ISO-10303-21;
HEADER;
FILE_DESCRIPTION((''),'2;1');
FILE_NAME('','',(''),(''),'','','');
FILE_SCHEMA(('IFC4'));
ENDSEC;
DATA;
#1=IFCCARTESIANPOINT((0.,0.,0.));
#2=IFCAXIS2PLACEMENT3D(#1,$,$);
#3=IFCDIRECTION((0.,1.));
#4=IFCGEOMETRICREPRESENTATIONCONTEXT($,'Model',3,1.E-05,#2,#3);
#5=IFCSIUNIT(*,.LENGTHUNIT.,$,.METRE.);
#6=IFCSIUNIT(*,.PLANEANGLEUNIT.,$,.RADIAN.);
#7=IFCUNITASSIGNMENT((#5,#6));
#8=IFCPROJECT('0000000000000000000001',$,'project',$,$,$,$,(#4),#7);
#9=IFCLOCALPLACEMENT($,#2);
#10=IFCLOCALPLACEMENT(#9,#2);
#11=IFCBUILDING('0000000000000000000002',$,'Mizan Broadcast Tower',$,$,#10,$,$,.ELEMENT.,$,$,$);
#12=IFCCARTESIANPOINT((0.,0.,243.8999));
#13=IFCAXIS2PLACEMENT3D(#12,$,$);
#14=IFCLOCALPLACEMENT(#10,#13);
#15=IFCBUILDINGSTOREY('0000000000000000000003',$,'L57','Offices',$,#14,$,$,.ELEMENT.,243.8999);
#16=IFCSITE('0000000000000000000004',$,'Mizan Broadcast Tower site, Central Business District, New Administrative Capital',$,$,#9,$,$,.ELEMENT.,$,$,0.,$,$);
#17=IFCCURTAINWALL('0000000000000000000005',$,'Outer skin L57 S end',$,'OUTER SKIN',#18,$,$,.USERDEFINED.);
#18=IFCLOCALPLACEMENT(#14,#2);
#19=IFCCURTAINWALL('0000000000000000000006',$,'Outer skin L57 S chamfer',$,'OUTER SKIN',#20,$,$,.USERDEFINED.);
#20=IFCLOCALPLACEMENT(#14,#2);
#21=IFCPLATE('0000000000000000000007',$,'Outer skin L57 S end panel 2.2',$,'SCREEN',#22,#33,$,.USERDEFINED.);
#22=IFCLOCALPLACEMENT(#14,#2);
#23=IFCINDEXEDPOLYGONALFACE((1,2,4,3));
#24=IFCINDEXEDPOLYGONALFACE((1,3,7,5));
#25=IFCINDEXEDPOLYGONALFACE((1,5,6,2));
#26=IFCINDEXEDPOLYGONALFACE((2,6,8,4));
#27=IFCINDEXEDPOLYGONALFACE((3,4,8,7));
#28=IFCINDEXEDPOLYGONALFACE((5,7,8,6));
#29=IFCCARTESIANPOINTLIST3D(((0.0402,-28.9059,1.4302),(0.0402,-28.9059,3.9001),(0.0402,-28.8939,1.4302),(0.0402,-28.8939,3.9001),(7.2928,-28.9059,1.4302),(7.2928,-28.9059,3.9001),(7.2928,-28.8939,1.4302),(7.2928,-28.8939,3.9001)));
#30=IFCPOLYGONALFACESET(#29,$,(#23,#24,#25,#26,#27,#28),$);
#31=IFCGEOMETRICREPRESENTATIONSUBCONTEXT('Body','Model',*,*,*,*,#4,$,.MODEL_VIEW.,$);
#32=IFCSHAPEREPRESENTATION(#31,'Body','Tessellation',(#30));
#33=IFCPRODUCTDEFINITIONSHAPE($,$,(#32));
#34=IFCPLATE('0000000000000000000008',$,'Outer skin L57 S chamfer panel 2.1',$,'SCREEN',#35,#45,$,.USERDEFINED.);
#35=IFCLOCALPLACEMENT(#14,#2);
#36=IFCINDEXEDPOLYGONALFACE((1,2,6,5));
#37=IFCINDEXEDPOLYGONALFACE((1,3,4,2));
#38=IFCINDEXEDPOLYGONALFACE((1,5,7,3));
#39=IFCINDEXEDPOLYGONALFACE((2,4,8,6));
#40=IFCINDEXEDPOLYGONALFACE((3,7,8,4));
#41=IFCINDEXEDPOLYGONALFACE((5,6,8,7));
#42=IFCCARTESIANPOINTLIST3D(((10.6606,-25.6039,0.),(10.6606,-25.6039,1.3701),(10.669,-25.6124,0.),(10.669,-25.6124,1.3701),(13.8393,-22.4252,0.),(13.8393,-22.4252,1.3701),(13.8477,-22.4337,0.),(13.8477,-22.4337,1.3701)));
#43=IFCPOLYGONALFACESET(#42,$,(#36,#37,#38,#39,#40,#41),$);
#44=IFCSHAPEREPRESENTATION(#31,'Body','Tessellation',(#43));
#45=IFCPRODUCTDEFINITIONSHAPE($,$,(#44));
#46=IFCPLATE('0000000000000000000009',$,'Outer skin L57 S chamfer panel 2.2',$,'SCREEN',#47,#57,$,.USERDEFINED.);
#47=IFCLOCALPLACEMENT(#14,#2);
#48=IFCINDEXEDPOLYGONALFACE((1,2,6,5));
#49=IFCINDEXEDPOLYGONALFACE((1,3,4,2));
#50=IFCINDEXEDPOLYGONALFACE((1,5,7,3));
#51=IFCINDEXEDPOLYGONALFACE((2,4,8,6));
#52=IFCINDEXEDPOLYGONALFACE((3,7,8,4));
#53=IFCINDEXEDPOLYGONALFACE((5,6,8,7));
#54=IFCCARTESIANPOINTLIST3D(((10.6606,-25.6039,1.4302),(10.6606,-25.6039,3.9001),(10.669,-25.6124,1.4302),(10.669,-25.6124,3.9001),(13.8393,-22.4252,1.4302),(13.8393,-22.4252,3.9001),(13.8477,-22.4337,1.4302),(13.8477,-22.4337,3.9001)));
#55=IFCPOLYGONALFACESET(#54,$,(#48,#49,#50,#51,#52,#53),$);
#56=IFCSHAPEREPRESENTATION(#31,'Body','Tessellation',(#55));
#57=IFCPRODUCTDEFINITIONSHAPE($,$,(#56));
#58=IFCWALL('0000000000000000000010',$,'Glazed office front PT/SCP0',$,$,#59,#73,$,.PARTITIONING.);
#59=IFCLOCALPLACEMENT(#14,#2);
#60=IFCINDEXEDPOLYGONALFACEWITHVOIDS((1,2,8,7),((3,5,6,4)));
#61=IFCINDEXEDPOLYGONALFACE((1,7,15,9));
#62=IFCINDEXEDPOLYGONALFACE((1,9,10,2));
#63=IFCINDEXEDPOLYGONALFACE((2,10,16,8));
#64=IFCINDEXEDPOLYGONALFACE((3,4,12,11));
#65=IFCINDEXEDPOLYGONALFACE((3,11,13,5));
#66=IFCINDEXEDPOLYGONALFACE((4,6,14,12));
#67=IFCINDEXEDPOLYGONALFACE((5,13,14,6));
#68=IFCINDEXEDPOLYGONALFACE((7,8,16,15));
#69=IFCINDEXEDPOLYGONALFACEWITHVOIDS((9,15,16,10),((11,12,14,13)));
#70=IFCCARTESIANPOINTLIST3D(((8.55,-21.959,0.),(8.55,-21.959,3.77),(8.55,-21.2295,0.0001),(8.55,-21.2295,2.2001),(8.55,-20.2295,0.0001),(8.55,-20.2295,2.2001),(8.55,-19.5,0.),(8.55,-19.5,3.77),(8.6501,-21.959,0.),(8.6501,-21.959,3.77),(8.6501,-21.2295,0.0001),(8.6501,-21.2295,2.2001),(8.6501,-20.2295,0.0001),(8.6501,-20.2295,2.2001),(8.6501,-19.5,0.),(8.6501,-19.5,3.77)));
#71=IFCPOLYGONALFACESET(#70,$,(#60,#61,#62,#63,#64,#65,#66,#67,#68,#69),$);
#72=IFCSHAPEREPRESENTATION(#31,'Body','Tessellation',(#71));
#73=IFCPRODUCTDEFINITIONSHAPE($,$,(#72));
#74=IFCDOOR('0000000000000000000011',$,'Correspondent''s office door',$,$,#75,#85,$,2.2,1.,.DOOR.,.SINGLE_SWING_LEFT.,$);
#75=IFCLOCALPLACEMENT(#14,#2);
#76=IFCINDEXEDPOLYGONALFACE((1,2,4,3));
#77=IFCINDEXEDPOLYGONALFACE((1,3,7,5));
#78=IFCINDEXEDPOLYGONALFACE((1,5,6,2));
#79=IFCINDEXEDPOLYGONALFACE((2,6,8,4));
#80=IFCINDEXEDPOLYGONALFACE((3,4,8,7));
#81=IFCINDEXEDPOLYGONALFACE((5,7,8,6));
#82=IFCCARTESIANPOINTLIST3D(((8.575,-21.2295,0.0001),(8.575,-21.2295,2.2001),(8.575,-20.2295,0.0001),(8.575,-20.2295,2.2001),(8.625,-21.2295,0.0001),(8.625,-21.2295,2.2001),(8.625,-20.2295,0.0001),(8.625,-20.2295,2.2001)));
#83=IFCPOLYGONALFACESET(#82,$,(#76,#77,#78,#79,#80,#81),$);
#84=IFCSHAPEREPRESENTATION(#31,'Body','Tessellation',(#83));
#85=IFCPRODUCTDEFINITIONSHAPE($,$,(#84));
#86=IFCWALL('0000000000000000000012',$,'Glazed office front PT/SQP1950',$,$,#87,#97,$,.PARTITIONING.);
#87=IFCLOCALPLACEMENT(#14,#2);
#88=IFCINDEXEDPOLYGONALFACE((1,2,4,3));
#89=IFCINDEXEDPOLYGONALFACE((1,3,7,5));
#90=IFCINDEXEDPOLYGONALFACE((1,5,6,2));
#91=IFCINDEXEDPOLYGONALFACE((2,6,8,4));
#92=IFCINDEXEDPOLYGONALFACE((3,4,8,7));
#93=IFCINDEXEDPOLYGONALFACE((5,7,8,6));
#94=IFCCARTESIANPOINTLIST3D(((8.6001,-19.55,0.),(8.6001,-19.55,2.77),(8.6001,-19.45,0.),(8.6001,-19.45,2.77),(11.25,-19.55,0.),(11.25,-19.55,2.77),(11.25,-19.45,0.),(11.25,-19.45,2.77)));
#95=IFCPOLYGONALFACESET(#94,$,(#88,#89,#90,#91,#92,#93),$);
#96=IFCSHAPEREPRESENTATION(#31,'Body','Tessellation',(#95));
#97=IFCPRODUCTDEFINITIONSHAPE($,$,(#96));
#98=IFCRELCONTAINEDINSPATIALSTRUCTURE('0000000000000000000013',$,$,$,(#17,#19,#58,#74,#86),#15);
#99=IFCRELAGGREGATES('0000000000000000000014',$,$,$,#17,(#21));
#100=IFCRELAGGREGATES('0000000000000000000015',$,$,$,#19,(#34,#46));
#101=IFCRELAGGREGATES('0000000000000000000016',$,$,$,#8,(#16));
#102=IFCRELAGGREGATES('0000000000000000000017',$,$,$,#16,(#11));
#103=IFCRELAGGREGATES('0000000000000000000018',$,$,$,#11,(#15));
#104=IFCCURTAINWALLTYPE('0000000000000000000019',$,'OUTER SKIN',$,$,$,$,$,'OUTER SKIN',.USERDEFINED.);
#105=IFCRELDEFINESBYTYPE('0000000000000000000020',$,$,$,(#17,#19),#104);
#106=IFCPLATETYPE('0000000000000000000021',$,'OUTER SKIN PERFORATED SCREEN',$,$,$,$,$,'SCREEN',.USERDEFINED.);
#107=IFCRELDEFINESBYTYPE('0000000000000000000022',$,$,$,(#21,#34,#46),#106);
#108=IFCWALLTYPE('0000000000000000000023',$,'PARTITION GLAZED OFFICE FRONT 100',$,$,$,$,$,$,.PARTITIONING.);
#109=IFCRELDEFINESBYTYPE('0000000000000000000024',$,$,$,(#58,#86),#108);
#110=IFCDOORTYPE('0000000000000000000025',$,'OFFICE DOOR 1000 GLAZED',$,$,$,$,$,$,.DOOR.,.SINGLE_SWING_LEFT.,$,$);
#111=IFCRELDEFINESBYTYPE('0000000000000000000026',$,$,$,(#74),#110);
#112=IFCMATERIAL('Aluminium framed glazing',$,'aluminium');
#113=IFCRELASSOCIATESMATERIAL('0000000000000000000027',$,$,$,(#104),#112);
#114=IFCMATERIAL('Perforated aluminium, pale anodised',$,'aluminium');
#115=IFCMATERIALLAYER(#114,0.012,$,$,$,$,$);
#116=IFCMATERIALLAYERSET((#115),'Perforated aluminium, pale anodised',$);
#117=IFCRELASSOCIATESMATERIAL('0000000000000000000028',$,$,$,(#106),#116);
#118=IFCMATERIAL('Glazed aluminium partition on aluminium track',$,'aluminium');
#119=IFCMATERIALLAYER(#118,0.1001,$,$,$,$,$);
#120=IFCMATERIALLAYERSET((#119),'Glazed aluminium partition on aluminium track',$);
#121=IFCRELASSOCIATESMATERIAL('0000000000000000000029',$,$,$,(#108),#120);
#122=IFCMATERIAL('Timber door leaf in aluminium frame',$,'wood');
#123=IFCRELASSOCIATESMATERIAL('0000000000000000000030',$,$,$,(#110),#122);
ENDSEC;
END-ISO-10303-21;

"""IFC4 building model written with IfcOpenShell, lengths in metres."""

from ifc_helpers import new_model, si_unit, direction, frame, frame_2d, origin, origin_2d, place, context, subcontext, project, spatial, rectangle, extrude, material, layer, layer_set, type_object, element, fill, aggregate, save


model = new_model("IFC4")

# Units and contexts
model_context = context("Model", 3, precision=1e-05, world=origin(), true_north=direction((0.0, 1.0)))
body_context = subcontext(model_context, "Body", "Model", "MODEL_VIEW")
ifc_project = project(units=[si_unit("LENGTHUNIT", "METRE"), si_unit("PLANEANGLEUNIT", "RADIAN")], contexts=[model_context])

# Site, building, storey
site_placement = place(None, origin())
site = spatial("IfcSite", under=ifc_project, at=site_placement, Name="Mizan Broadcast Tower site, Central Business District, New Administrative Capital", CompositionType="ELEMENT", RefElevation=0.0)
building_placement = place(site_placement, origin())
building = spatial("IfcBuilding", under=site, at=building_placement, Name="Mizan Broadcast Tower", CompositionType="ELEMENT")
storey_placement = place(building_placement, frame((0.0, 0.0, 243.8999)))
storey = spatial("IfcBuildingStorey", under=building, at=storey_placement, Name="L57", Description="Offices", CompositionType="ELEMENT", Elevation=243.8999)

# Curtain wall
ifc_material_1 = material(Name="Aluminium framed glazing", Category="aluminium")
curtain_wall_type_1 = type_object("IfcCurtainWallType", Name="OUTER SKIN", ElementType="OUTER SKIN", PredefinedType="USERDEFINED", material=ifc_material_1)
curtain_wall_1_placement = place(storey_placement, origin())
curtain_wall_1 = element("IfcCurtainWall", 1, at=curtain_wall_1_placement, inside=storey, type_object=curtain_wall_type_1, Name="Outer skin L57 S end", ObjectType="OUTER SKIN", PredefinedType="USERDEFINED")

# Curtain wall
curtain_wall_2_placement = place(storey_placement, origin())
curtain_wall_2 = element("IfcCurtainWall", 2, at=curtain_wall_2_placement, inside=storey, type_object=curtain_wall_type_1, Name="Outer skin L57 S chamfer", ObjectType="OUTER SKIN", PredefinedType="USERDEFINED")

# Plates
ifc_material_2 = material(Name="Perforated aluminium, pale anodised", Category="aluminium")
ifc_layer_1 = layer(ifc_material_2, 0.012)
ifc_layer_set_1 = layer_set([ifc_layer_1], Name="Perforated aluminium, pale anodised")
plate_type_1 = type_object("IfcPlateType", Name="OUTER SKIN PERFORATED SCREEN", ElementType="SCREEN", PredefinedType="USERDEFINED", material=ifc_layer_set_1)
plate_1_placement = place(storey_placement, frame((3.6665, -28.8999, 1.4302), z_axis=(0.0, 0.0, 1.0), x_axis=(1.0, 0.0, 0.0)))
plate_1 = element("IfcPlate", 3, at=plate_1_placement, type_object=plate_type_1, Name="Outer skin L57 S end panel 2.2", ObjectType="SCREEN", PredefinedType="USERDEFINED", context=body_context, shape_type="SweptSolid", body=[
    extrude(rectangle(XDim=7.2527, YDim=0.012, at=origin_2d()), origin(), (0.0, 0.0, 1.0), 2.47),
])
aggregate(curtain_wall_1, [plate_1])
plate_2_placement = place(storey_placement, frame((12.2542, -24.0188, 0.0), z_axis=(0.0, 0.0, 1.0), x_axis=(0.707107, 0.707107, 0.0)))
plate_2 = element("IfcPlate", 4, at=plate_2_placement, type_object=plate_type_1, Name="Outer skin L57 S chamfer panel 2.1", ObjectType="SCREEN", PredefinedType="USERDEFINED", context=body_context, shape_type="SweptSolid", body=[
    extrude(rectangle(XDim=4.4954, YDim=0.012, at=origin_2d()), origin(), (0.0, 0.0, 1.0), 1.3701),
])
plate_3_placement = place(storey_placement, frame((12.2542, -24.0188, 1.4302), z_axis=(0.0, 0.0, 1.0), x_axis=(0.707107, 0.707107, 0.0)))
plate_3 = element("IfcPlate", 5, at=plate_3_placement, type_object=plate_type_1, Name="Outer skin L57 S chamfer panel 2.2", ObjectType="SCREEN", PredefinedType="USERDEFINED", context=body_context, shape_type="SweptSolid", body=[
    extrude(rectangle(XDim=4.4954, YDim=0.012, at=origin_2d()), origin(), (0.0, 0.0, 1.0), 2.47),
])
aggregate(curtain_wall_2, [plate_2, plate_3])

# Wall, opening, door
ifc_material_3 = material(Name="Glazed aluminium partition on aluminium track", Category="aluminium")
ifc_layer_2 = layer(ifc_material_3, 0.1001)
ifc_layer_set_2 = layer_set([ifc_layer_2], Name="Glazed aluminium partition on aluminium track")
wall_type = type_object("IfcWallType", Name="PARTITION GLAZED OFFICE FRONT 100", PredefinedType="PARTITIONING", material=ifc_layer_set_2)
wall_1_placement = place(storey_placement, frame((8.6001, -19.5, 0.0), z_axis=(0.0, 0.0, 1.0), x_axis=(0.0, -1.0, 0.0)))
wall_1 = element("IfcWall", 6, at=wall_1_placement, inside=storey, type_object=wall_type, Name="Glazed office front PT/SCP0", PredefinedType="PARTITIONING", context=body_context, shape_type="SweptSolid", body=[
    extrude(rectangle(XDim=2.459, YDim=0.1001, at=frame_2d((1.2295, 0.0))), origin(), (0.0, 0.0, 1.0), 3.77),
])
opening_placement = place(wall_1_placement, frame((0.7295, 0.0, 0.0)))
opening = element("IfcOpeningElement", 7, at=opening_placement, cuts=wall_1, PredefinedType="OPENING", context=body_context, shape_type="SweptSolid", body=[
    extrude(rectangle(XDim=1.0, YDim=2.2, at=frame_2d((0.5, 1.1001))), frame((0.0, 0.0601, 0.0), z_axis=(0.0, -1.0, 0.0), x_axis=(1.0, 0.0, 0.0)), (0.0, 0.0, 1.0), 0.1201),
])
ifc_material_4 = material(Name="Timber door leaf in aluminium frame", Category="wood")
door_type = type_object("IfcDoorType", Name="OFFICE DOOR 1000 GLAZED", OperationType="SINGLE_SWING_LEFT", PredefinedType="DOOR", material=ifc_material_4)
door_placement = place(opening_placement, origin())
door = element("IfcDoor", 8, at=door_placement, inside=storey, type_object=door_type, Name="Correspondent's office door", OperationType="SINGLE_SWING_LEFT", OverallHeight=2.2, OverallWidth=1.0, PredefinedType="DOOR", context=body_context, shape_type="SweptSolid", body=[
    extrude(rectangle(XDim=1.0, YDim=2.2, at=frame_2d((0.5, 1.1001))), frame((0.0, 0.0249, 0.0), z_axis=(0.0, -1.0, 0.0), x_axis=(1.0, 0.0, 0.0)), (0.0, 0.0, 1.0), 0.05),
])
fill(opening, door)

# Wall
wall_2_placement = place(storey_placement, frame((8.6001, -19.5, 0.0), z_axis=(0.0, 0.0, 1.0), x_axis=(1.0, 0.0, 0.0)))
element("IfcWall", 9, at=wall_2_placement, inside=storey, type_object=wall_type, Name="Glazed office front PT/SQP1950", PredefinedType="PARTITIONING", context=body_context, shape_type="SweptSolid", body=[
    extrude(rectangle(XDim=2.6499, YDim=0.1001, at=frame_2d((1.325, 0.0))), origin(), (0.0, 0.0, 1.0), 2.77),
])

save(model, "model.ifc")
